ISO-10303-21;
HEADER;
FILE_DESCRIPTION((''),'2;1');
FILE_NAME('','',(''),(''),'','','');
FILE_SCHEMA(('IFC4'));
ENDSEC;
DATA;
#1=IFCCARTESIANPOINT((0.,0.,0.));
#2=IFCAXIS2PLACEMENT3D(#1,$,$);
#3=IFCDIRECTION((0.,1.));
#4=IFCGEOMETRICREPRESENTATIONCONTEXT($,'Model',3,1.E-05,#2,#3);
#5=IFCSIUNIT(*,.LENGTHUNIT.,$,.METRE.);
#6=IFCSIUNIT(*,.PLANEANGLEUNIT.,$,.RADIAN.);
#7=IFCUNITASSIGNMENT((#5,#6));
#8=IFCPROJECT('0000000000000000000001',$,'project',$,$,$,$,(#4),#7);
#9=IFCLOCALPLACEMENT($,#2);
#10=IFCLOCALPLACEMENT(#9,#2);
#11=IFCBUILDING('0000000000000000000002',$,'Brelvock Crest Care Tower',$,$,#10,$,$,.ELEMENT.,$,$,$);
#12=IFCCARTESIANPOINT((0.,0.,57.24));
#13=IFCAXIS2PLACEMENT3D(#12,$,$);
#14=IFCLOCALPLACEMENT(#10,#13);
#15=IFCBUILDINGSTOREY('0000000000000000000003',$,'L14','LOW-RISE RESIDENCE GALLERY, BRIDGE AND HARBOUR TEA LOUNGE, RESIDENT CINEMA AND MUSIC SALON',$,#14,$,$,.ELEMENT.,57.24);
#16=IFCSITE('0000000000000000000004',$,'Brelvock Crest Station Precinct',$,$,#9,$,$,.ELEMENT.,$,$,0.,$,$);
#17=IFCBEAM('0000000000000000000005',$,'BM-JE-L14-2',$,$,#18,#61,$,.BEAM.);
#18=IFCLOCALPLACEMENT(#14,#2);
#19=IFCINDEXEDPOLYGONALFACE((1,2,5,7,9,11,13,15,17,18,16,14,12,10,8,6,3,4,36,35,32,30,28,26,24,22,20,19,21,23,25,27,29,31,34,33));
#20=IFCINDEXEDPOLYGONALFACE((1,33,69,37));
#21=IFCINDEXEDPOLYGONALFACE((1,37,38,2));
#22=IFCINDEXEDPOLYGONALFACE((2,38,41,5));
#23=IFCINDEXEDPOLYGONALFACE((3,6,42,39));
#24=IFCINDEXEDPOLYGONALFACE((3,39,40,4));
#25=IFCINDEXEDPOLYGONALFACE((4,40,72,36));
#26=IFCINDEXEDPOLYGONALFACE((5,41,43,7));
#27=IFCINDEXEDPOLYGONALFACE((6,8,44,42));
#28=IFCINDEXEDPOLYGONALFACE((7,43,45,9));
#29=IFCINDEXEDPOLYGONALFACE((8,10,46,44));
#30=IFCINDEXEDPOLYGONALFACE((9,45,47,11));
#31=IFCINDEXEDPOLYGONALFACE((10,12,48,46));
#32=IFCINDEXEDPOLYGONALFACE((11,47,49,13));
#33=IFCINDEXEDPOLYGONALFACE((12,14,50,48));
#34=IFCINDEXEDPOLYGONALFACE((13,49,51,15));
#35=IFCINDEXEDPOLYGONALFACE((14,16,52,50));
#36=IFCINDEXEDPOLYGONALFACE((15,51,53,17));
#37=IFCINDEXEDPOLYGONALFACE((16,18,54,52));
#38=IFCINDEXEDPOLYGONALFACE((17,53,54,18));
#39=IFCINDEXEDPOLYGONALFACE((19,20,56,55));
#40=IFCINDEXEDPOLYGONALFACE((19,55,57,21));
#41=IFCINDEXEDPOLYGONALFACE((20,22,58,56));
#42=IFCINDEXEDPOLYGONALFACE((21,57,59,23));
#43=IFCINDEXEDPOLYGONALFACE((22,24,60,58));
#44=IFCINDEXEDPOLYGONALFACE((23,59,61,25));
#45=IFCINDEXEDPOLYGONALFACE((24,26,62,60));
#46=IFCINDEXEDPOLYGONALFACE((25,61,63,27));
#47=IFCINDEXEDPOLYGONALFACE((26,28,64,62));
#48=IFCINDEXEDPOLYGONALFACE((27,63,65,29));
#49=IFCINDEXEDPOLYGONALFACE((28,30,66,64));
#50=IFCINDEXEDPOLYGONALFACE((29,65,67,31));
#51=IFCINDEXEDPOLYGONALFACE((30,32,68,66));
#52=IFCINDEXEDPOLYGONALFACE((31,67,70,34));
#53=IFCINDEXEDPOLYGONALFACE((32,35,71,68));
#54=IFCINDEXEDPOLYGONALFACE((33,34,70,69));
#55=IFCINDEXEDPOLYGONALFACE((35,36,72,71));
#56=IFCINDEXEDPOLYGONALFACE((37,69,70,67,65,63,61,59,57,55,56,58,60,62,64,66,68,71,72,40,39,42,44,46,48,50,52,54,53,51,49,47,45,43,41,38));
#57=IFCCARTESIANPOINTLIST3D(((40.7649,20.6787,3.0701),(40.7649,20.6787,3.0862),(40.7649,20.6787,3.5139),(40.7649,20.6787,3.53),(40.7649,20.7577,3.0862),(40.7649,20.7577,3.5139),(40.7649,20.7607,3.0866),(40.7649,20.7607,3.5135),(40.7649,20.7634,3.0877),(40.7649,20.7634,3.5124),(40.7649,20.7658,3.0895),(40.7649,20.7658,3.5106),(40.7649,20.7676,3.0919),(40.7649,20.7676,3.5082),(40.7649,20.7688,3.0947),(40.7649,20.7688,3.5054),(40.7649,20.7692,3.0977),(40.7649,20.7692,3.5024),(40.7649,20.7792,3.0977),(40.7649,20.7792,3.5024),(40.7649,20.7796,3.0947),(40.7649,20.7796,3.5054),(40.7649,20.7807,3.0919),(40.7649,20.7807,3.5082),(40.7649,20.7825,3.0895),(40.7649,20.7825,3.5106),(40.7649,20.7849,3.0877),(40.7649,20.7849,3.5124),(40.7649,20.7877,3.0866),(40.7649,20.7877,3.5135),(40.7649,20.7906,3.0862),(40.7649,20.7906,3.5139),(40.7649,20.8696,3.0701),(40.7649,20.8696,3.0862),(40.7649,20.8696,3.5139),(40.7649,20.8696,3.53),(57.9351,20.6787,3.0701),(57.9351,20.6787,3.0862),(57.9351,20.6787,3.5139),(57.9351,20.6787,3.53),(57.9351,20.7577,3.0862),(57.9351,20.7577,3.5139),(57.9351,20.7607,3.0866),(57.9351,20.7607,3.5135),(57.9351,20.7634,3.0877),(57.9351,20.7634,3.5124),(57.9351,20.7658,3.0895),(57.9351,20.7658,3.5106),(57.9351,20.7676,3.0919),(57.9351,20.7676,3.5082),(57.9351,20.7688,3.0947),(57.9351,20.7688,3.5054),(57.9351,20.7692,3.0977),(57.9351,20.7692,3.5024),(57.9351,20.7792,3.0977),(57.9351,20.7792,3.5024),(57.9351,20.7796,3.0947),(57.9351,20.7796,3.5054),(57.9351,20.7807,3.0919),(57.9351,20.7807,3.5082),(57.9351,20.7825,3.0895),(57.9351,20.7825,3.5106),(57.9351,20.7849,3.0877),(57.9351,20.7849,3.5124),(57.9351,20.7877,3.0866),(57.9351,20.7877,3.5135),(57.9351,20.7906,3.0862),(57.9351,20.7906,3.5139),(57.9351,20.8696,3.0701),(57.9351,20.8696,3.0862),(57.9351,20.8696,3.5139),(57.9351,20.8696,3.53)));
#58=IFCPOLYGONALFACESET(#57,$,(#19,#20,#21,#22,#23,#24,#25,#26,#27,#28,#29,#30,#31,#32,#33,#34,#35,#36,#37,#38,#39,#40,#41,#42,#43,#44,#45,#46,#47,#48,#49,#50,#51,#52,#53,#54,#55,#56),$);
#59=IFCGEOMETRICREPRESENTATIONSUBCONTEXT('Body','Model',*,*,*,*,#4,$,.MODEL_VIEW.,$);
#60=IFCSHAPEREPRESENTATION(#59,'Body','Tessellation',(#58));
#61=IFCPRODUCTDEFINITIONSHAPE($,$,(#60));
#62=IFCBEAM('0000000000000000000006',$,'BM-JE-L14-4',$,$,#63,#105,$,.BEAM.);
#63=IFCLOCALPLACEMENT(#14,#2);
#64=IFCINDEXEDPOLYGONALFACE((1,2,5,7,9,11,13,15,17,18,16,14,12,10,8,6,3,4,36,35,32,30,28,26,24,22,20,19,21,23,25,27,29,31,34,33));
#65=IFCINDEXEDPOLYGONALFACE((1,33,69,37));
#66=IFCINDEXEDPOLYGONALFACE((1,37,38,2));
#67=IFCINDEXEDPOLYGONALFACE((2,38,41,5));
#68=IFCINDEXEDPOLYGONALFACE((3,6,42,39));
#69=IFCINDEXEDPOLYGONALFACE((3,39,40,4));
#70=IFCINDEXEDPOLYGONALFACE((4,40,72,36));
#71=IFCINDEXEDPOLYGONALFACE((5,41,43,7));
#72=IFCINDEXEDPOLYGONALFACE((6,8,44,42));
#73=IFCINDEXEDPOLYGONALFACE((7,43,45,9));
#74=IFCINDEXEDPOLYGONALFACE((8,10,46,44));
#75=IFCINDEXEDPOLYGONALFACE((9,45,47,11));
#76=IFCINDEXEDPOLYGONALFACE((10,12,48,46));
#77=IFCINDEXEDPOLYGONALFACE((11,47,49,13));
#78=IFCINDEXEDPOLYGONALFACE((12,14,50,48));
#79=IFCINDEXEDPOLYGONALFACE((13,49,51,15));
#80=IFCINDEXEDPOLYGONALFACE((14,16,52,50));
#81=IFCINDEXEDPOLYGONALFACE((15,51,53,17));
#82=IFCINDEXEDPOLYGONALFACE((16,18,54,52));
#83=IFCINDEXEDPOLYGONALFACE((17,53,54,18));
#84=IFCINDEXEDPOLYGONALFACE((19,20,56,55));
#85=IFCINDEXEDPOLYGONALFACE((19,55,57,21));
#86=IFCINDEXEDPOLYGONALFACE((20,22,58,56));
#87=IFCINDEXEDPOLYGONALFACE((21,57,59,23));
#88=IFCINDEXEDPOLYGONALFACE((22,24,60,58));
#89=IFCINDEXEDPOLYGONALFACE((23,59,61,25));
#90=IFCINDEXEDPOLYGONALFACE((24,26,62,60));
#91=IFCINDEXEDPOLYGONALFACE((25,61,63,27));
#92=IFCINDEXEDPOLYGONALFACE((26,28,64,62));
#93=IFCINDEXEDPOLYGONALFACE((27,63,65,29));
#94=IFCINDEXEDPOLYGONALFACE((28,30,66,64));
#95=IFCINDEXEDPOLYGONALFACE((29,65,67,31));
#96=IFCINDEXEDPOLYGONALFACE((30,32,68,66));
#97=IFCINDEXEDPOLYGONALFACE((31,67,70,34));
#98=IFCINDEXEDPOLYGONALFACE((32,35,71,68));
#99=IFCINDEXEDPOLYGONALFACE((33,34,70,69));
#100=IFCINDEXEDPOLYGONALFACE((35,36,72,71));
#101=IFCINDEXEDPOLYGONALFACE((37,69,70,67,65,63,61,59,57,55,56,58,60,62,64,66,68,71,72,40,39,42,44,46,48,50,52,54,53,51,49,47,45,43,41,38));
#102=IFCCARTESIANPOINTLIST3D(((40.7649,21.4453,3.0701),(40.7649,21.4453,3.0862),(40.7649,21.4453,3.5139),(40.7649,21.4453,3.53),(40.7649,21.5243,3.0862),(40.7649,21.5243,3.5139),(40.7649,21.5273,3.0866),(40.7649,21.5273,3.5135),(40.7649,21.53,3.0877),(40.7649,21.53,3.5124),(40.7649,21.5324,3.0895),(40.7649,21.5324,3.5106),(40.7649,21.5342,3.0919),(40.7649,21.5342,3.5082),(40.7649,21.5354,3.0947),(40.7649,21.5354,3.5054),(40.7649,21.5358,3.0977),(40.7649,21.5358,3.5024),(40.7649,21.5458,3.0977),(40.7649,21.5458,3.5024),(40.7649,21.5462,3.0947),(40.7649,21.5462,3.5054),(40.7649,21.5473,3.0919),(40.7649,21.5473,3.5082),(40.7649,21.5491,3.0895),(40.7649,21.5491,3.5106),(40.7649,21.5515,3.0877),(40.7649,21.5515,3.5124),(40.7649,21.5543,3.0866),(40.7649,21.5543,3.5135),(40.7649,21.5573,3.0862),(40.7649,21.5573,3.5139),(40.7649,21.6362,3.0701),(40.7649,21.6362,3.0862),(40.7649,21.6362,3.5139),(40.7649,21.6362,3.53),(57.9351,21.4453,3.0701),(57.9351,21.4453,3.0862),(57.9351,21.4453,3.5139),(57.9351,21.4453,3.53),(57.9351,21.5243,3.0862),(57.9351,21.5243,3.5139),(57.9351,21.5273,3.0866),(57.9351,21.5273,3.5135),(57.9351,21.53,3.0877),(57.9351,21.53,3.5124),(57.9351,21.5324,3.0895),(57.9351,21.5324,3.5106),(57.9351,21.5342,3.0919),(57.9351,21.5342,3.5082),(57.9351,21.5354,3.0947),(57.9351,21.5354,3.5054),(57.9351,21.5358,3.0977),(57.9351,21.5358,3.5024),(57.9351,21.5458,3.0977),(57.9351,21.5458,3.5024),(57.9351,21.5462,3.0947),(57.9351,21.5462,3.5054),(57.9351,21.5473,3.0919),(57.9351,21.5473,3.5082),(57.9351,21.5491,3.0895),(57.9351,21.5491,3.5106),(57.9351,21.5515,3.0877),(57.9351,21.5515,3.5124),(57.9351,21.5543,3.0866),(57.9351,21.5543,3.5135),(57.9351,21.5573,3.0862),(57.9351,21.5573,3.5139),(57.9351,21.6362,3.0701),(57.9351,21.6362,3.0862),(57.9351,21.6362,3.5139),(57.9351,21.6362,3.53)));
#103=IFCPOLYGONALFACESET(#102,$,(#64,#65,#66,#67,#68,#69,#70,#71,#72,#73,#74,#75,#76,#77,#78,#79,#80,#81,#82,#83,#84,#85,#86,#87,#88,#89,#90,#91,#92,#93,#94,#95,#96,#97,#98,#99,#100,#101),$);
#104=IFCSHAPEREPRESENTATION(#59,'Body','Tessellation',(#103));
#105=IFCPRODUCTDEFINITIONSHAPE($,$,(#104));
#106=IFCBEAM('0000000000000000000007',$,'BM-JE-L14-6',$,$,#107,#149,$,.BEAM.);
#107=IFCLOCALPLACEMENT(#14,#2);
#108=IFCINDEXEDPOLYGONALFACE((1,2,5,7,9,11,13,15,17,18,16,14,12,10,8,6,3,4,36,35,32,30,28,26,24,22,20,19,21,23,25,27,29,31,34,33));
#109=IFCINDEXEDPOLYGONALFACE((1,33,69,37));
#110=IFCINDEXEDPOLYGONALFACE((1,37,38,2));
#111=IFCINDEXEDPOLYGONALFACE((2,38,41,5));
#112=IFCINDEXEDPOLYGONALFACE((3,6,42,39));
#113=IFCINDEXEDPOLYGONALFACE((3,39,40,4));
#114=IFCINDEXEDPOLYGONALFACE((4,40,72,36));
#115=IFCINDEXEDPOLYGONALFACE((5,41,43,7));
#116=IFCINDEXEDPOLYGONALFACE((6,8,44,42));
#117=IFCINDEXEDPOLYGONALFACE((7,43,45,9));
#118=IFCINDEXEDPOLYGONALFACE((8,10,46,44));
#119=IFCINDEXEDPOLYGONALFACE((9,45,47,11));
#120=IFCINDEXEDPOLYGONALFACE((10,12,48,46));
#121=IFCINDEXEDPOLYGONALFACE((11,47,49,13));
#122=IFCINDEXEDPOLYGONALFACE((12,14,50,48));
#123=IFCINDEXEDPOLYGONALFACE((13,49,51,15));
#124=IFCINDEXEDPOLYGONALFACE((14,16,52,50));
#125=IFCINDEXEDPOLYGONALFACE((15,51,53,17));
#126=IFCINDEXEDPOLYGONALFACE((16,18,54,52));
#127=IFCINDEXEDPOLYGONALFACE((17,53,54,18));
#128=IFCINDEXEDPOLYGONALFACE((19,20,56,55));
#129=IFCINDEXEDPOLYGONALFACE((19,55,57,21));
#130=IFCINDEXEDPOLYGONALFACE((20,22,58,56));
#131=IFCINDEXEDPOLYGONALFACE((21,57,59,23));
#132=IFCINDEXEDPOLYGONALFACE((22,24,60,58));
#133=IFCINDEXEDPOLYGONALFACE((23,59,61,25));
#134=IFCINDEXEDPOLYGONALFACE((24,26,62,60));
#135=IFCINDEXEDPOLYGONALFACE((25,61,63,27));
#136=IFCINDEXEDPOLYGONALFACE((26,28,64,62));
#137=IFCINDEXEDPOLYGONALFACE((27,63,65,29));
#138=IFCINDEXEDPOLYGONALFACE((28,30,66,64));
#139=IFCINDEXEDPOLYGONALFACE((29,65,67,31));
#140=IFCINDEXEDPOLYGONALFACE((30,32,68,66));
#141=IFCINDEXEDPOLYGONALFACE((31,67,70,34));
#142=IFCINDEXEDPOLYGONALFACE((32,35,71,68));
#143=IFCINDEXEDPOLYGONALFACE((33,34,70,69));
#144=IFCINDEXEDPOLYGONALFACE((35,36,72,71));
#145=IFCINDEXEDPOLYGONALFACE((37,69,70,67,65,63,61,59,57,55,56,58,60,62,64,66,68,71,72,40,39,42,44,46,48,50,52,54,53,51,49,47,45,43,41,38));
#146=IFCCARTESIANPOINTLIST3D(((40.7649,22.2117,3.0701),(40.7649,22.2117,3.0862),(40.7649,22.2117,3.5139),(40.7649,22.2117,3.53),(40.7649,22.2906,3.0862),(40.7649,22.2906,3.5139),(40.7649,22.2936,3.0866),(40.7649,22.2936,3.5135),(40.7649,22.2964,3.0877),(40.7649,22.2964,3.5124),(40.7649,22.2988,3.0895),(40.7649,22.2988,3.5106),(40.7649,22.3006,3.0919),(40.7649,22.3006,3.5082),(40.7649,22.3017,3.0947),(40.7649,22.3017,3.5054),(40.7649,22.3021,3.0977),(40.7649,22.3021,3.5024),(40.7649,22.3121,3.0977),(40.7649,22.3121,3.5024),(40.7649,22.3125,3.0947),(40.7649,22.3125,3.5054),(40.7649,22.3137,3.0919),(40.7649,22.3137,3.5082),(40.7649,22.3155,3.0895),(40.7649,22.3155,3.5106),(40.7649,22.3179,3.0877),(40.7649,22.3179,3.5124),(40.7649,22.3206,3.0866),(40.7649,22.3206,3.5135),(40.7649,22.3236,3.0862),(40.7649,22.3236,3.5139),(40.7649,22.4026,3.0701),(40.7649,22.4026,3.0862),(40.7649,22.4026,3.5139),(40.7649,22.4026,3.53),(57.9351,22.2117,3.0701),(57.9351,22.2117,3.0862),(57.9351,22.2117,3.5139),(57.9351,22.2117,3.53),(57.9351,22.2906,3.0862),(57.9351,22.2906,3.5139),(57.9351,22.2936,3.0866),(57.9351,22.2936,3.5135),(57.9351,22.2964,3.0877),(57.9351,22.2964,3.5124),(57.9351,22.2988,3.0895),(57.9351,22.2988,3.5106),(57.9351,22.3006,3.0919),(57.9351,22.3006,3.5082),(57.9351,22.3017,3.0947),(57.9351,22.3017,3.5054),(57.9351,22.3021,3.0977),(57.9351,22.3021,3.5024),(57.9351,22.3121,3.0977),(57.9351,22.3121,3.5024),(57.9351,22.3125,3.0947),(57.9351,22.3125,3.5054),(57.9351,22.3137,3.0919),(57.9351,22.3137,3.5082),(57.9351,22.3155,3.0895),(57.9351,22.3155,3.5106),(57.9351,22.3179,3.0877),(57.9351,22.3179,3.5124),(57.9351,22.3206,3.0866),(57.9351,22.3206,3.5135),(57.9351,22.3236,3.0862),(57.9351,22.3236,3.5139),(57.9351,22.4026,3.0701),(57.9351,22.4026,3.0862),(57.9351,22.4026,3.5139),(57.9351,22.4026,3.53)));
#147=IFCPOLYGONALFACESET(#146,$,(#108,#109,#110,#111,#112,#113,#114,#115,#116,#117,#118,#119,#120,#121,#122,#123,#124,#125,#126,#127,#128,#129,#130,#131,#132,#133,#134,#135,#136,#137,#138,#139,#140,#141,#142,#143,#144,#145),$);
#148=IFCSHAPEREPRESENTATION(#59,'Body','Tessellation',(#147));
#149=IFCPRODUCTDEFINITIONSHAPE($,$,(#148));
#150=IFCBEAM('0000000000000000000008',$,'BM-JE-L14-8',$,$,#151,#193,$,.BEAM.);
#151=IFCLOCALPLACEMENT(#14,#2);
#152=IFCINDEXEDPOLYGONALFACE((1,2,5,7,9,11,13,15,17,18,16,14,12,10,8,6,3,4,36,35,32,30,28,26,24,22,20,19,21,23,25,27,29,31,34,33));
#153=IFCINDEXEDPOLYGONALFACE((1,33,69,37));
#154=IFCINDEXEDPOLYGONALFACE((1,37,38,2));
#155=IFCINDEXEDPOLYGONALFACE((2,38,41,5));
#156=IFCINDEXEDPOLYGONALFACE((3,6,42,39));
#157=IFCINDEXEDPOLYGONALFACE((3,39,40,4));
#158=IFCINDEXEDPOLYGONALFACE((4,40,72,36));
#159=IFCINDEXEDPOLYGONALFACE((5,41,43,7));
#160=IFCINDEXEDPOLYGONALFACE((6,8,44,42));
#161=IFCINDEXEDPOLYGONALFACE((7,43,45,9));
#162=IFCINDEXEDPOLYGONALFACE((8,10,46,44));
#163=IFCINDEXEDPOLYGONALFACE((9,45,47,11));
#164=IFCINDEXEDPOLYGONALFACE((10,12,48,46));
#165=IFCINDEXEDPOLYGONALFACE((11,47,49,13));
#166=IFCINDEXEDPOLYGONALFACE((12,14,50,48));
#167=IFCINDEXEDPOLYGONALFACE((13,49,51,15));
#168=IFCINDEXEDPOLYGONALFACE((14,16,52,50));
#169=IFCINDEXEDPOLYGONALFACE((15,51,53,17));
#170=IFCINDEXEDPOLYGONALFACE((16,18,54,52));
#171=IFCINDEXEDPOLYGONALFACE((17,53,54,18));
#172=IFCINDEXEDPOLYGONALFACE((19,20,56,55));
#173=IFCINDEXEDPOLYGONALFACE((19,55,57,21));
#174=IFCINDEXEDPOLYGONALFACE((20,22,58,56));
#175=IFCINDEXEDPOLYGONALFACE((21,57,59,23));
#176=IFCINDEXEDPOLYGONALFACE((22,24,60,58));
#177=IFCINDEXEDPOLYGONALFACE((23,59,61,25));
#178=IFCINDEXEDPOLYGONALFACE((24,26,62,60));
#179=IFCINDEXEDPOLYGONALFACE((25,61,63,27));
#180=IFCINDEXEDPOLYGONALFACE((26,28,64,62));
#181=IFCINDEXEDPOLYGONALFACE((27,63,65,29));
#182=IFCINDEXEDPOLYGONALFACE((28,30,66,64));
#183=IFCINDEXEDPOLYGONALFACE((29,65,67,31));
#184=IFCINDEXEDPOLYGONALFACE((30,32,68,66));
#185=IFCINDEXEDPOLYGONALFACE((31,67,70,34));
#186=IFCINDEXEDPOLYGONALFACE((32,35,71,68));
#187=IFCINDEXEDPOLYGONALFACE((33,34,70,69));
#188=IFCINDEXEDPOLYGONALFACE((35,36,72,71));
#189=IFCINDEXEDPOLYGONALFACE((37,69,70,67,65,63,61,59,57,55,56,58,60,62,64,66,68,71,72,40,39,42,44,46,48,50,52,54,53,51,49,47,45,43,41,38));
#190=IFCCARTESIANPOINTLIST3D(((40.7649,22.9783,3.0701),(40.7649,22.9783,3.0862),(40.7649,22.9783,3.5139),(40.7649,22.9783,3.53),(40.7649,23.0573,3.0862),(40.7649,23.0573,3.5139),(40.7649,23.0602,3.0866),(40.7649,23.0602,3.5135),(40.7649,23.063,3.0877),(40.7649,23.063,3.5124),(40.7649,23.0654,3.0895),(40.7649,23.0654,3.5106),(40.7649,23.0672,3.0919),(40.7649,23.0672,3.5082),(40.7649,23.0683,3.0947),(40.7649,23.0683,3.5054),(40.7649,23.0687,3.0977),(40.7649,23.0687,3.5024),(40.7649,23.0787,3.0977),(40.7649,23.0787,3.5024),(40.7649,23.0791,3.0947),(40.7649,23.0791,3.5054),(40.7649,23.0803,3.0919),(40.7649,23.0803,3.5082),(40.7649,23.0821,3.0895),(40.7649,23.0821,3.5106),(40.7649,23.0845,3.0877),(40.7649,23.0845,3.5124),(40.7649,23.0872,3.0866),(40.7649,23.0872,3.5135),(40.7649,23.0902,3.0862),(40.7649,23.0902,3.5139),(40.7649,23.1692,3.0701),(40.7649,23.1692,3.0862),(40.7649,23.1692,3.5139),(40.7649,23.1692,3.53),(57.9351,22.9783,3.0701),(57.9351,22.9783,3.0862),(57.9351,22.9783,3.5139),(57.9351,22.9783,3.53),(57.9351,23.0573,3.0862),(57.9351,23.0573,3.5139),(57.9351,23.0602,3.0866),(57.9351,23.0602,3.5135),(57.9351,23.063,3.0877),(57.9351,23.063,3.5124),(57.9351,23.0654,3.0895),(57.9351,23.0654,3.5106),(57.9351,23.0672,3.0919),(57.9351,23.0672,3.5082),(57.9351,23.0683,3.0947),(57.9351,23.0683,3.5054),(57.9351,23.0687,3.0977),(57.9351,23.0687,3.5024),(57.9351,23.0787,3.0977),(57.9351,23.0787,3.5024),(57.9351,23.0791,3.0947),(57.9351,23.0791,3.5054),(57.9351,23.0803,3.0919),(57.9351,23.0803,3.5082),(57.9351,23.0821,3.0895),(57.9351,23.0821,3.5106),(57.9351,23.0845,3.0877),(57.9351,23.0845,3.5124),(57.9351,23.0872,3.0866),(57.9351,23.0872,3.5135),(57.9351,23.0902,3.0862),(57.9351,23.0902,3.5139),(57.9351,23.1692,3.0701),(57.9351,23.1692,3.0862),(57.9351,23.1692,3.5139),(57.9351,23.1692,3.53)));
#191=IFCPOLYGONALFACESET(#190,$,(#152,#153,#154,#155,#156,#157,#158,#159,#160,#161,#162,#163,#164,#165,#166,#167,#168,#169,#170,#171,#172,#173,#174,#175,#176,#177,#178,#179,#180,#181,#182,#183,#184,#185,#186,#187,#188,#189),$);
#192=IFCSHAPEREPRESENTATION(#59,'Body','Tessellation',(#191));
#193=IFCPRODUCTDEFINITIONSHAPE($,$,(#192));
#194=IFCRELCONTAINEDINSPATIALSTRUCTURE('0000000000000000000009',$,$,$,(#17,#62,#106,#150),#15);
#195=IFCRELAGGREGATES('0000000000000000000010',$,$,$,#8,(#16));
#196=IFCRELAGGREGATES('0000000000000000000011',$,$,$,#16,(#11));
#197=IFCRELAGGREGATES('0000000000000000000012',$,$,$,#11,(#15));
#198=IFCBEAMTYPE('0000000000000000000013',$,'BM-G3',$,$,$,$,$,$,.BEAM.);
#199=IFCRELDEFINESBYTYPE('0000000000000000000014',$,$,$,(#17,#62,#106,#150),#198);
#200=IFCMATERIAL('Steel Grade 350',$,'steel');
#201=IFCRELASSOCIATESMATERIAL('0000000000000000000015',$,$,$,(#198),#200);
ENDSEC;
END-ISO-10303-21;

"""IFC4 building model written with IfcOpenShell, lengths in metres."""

from ifc_helpers import new_model, si_unit, direction, frame, origin, origin_2d, place, context, subcontext, project, spatial, i_section, extrude, source, transform, mapped, material, material_profile, profile_set, type_object, element, save


model = new_model("IFC4")

# Units and contexts
model_context = context("Model", 3, precision=1e-05, world=origin(), true_north=direction((0.0, 1.0)))
body_context = subcontext(model_context, "Body", "Model", "MODEL_VIEW")
ifc_project = project(units=[si_unit("LENGTHUNIT", "METRE"), si_unit("PLANEANGLEUNIT", "RADIAN")], contexts=[model_context])

# Site, building, storey
site_placement = place(None, origin())
site = spatial("IfcSite", under=ifc_project, at=site_placement, Name="Brelvock Crest Station Precinct", CompositionType="ELEMENT", RefElevation=0.0)
building_placement = place(site_placement, origin())
building = spatial("IfcBuilding", under=site, at=building_placement, Name="Brelvock Crest Care Tower", CompositionType="ELEMENT")
storey_placement = place(building_placement, frame((0.0, 0.0, 57.24)))
storey = spatial("IfcBuildingStorey", under=building, at=storey_placement, Name="L14", Description="LOW-RISE RESIDENCE GALLERY, BRIDGE AND HARBOUR TEA LOUNGE, RESIDENT CINEMA AND MUSIC SALON", CompositionType="ELEMENT", Elevation=57.24)

# Beams
ifc_material_1 = material(Name="Steel Grade 350", Category="steel")
ifc_material_profile_1 = material_profile(ifc_material_1, i_section(OverallWidth=0.1909, OverallDepth=0.46, WebThickness=0.01, FlangeThickness=0.0161, FilletRadius=0.0115, at=origin_2d()), Name="460UB82.1")
ifc_profile_set_1 = profile_set([ifc_material_profile_1], Name="Steel Grade 350")
beam_type_1 = type_object("IfcBeamType", Name="BM-G3", PredefinedType="BEAM", material=ifc_profile_set_1)
shared_shape_1 = source(origin(), body_context, "Body", "SweptSolid", [
    extrude(i_section(OverallWidth=0.1909, OverallDepth=0.46, WebThickness=0.01, FlangeThickness=0.0161, FilletRadius=0.0115, at=origin_2d()), origin(), (0.0, 0.0, 1.0), 17.1702),
])
for number, where, z_axis, x_axis, name in (
    (1, (40.7649, 20.7742, 3.3), (1.0, 0.0, 0.0), (0.0, 1.0, 0.0), "BM-JE-L14-2"),
    (2, (40.7649, 21.5408, 3.3), (1.0, 0.0, 0.0), (0.0, 1.0, 0.0), "BM-JE-L14-4"),
    (3, (40.7649, 22.3071, 3.3), (1.0, 0.0, 0.0), (0.0, 1.0, 0.0), "BM-JE-L14-6"),
    (4, (40.7649, 23.0737, 3.3), (1.0, 0.0, 0.0), (0.0, 1.0, 0.0), "BM-JE-L14-8"),
):
    element("IfcBeam", number, at=place(storey_placement, frame(where, z_axis=z_axis, x_axis=x_axis)), inside=storey, type_object=beam_type_1, Name=name, PredefinedType="BEAM", context=body_context, shape_type="MappedRepresentation", body=[
        mapped(shared_shape_1, transform((0.0, 0.0, 0.0), x_axis=(1.0, 0.0, 0.0), y_axis=(0.0, 1.0, 0.0), z_axis=(0.0, 0.0, 1.0), scale=1.0)),
    ])

save(model, "model.ifc")
